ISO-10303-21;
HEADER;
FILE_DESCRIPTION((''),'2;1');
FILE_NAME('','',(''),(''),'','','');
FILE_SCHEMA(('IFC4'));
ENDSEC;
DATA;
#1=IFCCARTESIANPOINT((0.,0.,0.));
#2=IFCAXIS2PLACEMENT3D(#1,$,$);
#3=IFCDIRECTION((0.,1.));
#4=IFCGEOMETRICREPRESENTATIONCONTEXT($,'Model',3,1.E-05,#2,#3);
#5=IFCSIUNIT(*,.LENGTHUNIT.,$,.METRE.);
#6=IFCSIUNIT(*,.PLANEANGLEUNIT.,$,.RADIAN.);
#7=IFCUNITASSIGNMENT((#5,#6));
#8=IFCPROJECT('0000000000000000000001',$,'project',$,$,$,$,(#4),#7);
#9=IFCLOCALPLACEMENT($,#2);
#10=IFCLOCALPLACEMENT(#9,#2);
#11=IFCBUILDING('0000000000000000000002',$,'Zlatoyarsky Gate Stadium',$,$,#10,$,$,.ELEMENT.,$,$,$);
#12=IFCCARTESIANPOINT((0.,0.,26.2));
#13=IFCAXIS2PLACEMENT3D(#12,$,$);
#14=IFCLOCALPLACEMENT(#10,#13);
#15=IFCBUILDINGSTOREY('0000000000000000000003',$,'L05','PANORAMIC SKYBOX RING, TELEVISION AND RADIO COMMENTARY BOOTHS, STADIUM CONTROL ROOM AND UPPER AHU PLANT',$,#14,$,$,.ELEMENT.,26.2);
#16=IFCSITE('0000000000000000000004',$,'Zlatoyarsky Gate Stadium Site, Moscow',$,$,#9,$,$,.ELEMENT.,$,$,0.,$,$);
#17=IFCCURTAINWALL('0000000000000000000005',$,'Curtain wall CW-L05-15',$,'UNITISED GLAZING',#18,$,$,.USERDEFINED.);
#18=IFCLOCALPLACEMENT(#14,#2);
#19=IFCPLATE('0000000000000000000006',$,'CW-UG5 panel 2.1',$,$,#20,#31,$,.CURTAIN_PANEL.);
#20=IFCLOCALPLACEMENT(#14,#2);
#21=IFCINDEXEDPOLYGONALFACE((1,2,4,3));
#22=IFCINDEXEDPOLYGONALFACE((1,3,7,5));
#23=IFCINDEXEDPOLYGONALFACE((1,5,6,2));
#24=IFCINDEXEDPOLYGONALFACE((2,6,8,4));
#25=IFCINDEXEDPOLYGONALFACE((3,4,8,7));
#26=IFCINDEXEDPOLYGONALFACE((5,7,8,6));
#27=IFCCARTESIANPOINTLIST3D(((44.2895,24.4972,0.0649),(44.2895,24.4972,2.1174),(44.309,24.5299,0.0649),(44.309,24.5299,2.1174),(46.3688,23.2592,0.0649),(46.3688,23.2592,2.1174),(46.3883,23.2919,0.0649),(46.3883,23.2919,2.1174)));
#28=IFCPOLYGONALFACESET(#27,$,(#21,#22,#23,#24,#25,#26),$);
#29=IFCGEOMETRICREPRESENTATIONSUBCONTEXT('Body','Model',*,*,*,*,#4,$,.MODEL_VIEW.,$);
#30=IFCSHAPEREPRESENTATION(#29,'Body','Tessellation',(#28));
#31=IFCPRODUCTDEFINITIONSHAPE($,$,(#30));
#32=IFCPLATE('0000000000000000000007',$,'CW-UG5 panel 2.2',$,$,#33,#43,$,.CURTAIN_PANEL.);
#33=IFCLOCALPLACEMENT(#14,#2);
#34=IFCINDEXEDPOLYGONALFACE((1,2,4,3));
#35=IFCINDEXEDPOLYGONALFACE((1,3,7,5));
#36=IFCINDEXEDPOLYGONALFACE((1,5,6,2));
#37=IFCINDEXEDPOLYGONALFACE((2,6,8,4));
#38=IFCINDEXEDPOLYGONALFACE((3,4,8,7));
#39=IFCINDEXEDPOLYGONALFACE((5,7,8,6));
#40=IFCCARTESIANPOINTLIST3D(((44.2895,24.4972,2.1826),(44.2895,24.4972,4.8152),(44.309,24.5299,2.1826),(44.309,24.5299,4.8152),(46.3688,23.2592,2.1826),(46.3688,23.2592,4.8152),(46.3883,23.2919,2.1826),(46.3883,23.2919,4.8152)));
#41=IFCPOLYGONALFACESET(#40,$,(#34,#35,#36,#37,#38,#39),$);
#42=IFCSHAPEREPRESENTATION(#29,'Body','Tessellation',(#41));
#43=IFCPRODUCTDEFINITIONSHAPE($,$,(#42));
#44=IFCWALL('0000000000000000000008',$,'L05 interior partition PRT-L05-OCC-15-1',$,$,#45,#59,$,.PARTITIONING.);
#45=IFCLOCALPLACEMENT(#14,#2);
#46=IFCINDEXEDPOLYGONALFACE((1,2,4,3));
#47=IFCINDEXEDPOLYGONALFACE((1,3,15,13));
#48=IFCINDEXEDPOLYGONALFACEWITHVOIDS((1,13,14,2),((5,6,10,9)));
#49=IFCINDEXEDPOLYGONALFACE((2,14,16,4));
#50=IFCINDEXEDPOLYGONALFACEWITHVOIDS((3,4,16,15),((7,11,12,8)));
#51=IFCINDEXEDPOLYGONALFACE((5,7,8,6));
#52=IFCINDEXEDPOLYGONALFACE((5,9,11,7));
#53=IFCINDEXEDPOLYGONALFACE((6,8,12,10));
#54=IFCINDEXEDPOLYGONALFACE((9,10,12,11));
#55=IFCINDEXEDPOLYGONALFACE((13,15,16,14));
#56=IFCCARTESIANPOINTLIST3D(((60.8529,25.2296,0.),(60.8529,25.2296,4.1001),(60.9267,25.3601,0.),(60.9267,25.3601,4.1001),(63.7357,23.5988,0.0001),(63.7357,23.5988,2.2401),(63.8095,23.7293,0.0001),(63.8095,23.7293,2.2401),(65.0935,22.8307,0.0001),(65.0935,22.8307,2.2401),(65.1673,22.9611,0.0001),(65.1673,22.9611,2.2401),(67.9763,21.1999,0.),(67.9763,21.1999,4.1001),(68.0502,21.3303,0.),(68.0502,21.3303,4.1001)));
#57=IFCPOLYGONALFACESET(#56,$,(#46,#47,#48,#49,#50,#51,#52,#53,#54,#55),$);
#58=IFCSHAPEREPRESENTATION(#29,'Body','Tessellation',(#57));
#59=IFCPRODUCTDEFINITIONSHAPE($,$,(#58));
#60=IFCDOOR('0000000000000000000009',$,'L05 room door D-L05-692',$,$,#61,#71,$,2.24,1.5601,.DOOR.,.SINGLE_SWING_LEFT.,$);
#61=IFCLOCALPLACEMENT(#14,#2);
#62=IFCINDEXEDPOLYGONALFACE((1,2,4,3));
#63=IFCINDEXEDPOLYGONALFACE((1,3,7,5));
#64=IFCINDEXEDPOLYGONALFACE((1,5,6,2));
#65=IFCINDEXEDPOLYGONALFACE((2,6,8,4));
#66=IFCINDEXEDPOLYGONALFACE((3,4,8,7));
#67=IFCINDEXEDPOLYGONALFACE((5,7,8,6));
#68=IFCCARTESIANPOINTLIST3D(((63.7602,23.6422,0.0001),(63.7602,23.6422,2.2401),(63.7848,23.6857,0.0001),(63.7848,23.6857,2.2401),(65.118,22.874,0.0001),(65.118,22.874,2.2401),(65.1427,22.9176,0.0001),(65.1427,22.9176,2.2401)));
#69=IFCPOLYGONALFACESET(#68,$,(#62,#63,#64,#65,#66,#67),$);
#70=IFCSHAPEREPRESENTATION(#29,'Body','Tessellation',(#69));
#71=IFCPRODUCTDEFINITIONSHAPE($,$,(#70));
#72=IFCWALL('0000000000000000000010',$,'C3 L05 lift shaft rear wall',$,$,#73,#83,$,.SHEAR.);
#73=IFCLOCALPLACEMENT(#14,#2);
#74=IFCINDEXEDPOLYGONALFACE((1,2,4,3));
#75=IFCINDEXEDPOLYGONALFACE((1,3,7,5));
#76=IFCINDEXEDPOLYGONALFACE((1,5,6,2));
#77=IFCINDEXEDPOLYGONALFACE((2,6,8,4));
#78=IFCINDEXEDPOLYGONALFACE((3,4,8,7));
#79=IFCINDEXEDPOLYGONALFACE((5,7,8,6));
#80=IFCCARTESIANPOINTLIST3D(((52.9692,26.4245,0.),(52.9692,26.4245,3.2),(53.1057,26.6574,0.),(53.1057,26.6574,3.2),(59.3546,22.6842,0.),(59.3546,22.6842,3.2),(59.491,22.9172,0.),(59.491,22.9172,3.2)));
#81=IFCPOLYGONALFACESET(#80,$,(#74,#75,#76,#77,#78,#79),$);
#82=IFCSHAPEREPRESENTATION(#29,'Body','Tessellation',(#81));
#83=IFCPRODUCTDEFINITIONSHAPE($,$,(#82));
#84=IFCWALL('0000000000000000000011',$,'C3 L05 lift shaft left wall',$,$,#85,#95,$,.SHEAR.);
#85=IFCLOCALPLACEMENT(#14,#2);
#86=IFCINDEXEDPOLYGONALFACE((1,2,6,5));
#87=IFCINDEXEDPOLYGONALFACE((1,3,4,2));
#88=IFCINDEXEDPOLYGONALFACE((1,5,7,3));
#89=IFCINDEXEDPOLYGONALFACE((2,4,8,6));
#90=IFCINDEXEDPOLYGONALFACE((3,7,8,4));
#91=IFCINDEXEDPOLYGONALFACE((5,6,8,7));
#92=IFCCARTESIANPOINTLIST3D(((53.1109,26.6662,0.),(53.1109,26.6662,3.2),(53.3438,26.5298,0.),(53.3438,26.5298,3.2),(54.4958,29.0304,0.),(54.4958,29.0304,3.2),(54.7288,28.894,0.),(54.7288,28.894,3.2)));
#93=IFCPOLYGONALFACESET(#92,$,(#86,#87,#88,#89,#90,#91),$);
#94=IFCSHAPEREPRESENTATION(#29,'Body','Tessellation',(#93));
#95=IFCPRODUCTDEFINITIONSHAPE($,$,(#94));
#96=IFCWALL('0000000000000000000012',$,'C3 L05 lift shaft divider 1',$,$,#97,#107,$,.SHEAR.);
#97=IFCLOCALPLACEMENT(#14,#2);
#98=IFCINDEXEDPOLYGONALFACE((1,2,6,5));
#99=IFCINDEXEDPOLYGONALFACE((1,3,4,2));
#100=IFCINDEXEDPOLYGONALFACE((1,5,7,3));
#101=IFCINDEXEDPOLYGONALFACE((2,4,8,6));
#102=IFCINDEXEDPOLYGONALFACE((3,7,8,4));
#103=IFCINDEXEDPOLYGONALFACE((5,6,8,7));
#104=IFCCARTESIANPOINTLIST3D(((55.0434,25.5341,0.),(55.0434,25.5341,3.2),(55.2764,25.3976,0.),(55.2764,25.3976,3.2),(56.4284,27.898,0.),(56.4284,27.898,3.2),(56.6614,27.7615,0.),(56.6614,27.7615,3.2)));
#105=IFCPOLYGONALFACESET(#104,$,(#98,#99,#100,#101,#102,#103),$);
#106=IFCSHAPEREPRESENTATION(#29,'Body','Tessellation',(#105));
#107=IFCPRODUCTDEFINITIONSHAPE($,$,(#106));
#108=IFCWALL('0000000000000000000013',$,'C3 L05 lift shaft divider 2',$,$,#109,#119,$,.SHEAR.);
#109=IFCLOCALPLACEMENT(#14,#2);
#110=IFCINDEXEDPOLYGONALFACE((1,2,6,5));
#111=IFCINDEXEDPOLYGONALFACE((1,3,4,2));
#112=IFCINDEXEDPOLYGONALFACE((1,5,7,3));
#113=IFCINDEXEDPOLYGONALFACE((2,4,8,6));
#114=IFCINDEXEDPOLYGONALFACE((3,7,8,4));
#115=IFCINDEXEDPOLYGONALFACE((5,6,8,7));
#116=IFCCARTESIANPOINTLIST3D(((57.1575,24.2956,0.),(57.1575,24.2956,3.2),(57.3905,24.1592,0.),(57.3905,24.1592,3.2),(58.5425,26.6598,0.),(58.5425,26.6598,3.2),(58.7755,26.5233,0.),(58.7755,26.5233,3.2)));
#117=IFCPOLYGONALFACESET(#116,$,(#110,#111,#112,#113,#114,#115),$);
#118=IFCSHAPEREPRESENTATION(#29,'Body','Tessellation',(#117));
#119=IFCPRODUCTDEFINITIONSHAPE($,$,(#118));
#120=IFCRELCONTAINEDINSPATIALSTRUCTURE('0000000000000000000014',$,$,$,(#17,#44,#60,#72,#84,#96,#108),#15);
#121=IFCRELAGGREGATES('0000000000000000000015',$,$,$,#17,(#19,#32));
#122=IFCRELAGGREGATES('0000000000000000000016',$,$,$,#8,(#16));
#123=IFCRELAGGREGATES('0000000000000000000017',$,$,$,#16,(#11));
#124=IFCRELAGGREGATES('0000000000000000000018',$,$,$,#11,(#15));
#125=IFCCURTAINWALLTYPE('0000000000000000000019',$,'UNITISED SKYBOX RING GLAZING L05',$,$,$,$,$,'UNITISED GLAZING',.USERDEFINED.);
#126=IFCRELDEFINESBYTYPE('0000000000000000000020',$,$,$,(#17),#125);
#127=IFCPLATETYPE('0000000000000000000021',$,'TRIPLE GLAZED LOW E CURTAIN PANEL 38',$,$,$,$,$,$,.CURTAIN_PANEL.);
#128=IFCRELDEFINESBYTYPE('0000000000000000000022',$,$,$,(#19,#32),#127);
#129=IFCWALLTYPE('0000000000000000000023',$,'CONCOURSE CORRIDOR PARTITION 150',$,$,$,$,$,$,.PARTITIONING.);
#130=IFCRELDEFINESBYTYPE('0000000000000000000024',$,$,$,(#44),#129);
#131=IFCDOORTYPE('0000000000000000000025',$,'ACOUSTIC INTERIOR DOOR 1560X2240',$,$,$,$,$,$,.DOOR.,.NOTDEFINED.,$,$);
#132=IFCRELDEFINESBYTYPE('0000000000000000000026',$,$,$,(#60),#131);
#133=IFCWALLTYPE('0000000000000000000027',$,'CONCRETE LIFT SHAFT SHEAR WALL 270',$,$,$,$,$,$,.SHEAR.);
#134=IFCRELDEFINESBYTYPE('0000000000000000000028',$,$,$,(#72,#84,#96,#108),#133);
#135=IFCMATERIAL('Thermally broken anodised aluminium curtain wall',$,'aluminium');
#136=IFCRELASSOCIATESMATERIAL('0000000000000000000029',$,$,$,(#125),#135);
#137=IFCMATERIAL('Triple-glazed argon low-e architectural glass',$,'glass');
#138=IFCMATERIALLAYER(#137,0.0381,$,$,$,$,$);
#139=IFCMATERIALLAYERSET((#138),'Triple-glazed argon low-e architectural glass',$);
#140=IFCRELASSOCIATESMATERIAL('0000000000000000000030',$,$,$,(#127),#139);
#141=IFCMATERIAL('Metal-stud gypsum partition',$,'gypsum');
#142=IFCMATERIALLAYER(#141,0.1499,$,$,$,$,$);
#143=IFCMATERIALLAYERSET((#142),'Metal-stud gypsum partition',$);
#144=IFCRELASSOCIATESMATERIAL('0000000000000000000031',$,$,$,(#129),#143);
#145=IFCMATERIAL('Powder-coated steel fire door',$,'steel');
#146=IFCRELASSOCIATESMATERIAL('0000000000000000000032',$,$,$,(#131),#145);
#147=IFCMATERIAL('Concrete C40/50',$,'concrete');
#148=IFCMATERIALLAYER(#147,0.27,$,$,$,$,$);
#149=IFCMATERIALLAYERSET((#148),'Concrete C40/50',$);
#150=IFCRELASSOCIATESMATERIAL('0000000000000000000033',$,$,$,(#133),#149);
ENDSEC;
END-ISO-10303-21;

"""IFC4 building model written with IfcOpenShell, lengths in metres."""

from ifc_helpers import new_model, si_unit, direction, frame, frame_2d, origin, origin_2d, place, context, subcontext, project, spatial, rectangle, extrude, material, layer, layer_set, type_object, element, fill, aggregate, save


model = new_model("IFC4")

# Units and contexts
model_context = context("Model", 3, precision=1e-05, world=origin(), true_north=direction((0.0, 1.0)))
body_context = subcontext(model_context, "Body", "Model", "MODEL_VIEW")
ifc_project = project(units=[si_unit("LENGTHUNIT", "METRE"), si_unit("PLANEANGLEUNIT", "RADIAN")], contexts=[model_context])

# Site, building, storey
site_placement = place(None, origin())
site = spatial("IfcSite", under=ifc_project, at=site_placement, Name="Zlatoyarsky Gate Stadium Site, Moscow", CompositionType="ELEMENT", RefElevation=0.0)
building_placement = place(site_placement, origin())
building = spatial("IfcBuilding", under=site, at=building_placement, Name="Zlatoyarsky Gate Stadium", CompositionType="ELEMENT")
storey_placement = place(building_placement, frame((0.0, 0.0, 26.2)))
storey = spatial("IfcBuildingStorey", under=building, at=storey_placement, Name="L05", Description="PANORAMIC SKYBOX RING, TELEVISION AND RADIO COMMENTARY BOOTHS, STADIUM CONTROL ROOM AND UPPER AHU PLANT", CompositionType="ELEMENT", Elevation=26.2)

# Curtain wall
ifc_material_1 = material(Name="Thermally broken anodised aluminium curtain wall", Category="aluminium")
curtain_wall_type = type_object("IfcCurtainWallType", Name="UNITISED SKYBOX RING GLAZING L05", ElementType="UNITISED GLAZING", PredefinedType="USERDEFINED", material=ifc_material_1)
curtain_wall_placement = place(storey_placement, origin())
curtain_wall = element("IfcCurtainWall", 1, at=curtain_wall_placement, inside=storey, type_object=curtain_wall_type, Name="Curtain wall CW-L05-15", ObjectType="UNITISED GLAZING", PredefinedType="USERDEFINED")

# Plates
ifc_material_2 = material(Name="Triple-glazed argon low-e architectural glass", Category="glass")
ifc_layer_1 = layer(ifc_material_2, 0.0381)
ifc_layer_set_1 = layer_set([ifc_layer_1], Name="Triple-glazed argon low-e architectural glass")
plate_type = type_object("IfcPlateType", Name="TRIPLE GLAZED LOW E CURTAIN PANEL 38", PredefinedType="CURTAIN_PANEL", material=ifc_layer_set_1)
plate_1_placement = place(storey_placement, frame((45.3389, 23.8945, 0.0649), z_axis=(0.0, 0.0, 1.0), x_axis=(0.859237, -0.511577, 0.0)))
plate_1 = element("IfcPlate", 2, at=plate_1_placement, type_object=plate_type, Name="CW-UG5 panel 2.1", PredefinedType="CURTAIN_PANEL", context=body_context, shape_type="SweptSolid", body=[
    extrude(rectangle(XDim=2.4199, YDim=0.0381, at=origin_2d()), origin(), (0.0, 0.0, 1.0), 2.0525),
])
plate_2_placement = place(storey_placement, frame((45.3389, 23.8945, 2.1826), z_axis=(0.0, 0.0, 1.0), x_axis=(0.859237, -0.511577, 0.0)))
plate_2 = element("IfcPlate", 3, at=plate_2_placement, type_object=plate_type, Name="CW-UG5 panel 2.2", PredefinedType="CURTAIN_PANEL", context=body_context, shape_type="SweptSolid", body=[
    extrude(rectangle(XDim=2.4199, YDim=0.0381, at=origin_2d()), origin(), (0.0, 0.0, 1.0), 2.6326),
])
aggregate(curtain_wall, [plate_1, plate_2])

# Wall, opening, door
ifc_material_3 = material(Name="Metal-stud gypsum partition", Category="gypsum")
ifc_layer_2 = layer(ifc_material_3, 0.1499)
ifc_layer_set_2 = layer_set([ifc_layer_2], Name="Metal-stud gypsum partition")
wall_type_1 = type_object("IfcWallType", Name="CONCOURSE CORRIDOR PARTITION 150", PredefinedType="PARTITIONING", material=ifc_layer_set_2)
wall_1_placement = place(storey_placement, frame((60.8896, 25.2949, 0.0), z_axis=(0.0, 0.0, 1.0), x_axis=(0.870383, -0.492376, 0.0)))
wall_1 = element("IfcWall", 4, at=wall_1_placement, inside=storey, type_object=wall_type_1, Name="L05 interior partition PRT-L05-OCC-15-1", PredefinedType="PARTITIONING", context=body_context, shape_type="SweptSolid", body=[
    extrude(rectangle(XDim=8.1843, YDim=0.1499, at=frame_2d((4.0923, 0.0))), origin(), (0.0, 0.0, 1.0), 4.1001),
])
opening_1_placement = place(wall_1_placement, frame((3.3123, 0.0, 0.0)))
opening_1 = element("IfcOpeningElement", 5, at=opening_1_placement, cuts=wall_1, PredefinedType="OPENING", context=body_context, shape_type="SweptSolid", body=[
    extrude(rectangle(XDim=1.5601, YDim=2.24, at=frame_2d((0.78, 1.1201))), frame((0.0, 0.085, 0.0), z_axis=(0.0, -1.0, 0.0), x_axis=(1.0, 0.0, 0.0)), (0.0, 0.0, 1.0), 0.1699),
])
ifc_material_4 = material(Name="Powder-coated steel fire door", Category="steel")
door_type_1 = type_object("IfcDoorType", Name="ACOUSTIC INTERIOR DOOR 1560X2240", OperationType="NOTDEFINED", PredefinedType="DOOR", material=ifc_material_4)
door_1_placement = place(opening_1_placement, origin())
door_1 = element("IfcDoor", 6, at=door_1_placement, inside=storey, type_object=door_type_1, Name="L05 room door D-L05-692", OperationType="SINGLE_SWING_LEFT", OverallHeight=2.24, OverallWidth=1.5601, PredefinedType="DOOR", context=body_context, shape_type="SweptSolid", body=[
    extrude(rectangle(XDim=1.5601, YDim=2.24, at=frame_2d((0.78, 1.1201))), frame((0.0, 0.0249, 0.0), z_axis=(0.0, -1.0, 0.0), x_axis=(1.0, 0.0, 0.0)), (0.0, 0.0, 1.0), 0.05),
])
fill(opening_1, door_1)

# Walls
ifc_material_5 = material(Name="Concrete C40/50", Category="concrete")
ifc_layer_3 = layer(ifc_material_5, 0.27)
ifc_layer_set_3 = layer_set([ifc_layer_3], Name="Concrete C40/50")
wall_type_2 = type_object("IfcWallType", Name="CONCRETE LIFT SHAFT SHEAR WALL 270", PredefinedType="SHEAR", material=ifc_layer_set_3)
wall_2_placement = place(storey_placement, frame((53.0374, 26.541, 0.0), z_axis=(0.0, 0.0, 1.0), x_axis=(0.862866, -0.505433, 0.0)))
element("IfcWall", 7, at=wall_2_placement, inside=storey, type_object=wall_type_2, Name="C3 L05 lift shaft rear wall", PredefinedType="SHEAR", context=body_context, shape_type="SweptSolid", body=[
    extrude(rectangle(XDim=7.4001, YDim=0.27, at=frame_2d((3.7002, 0.0))), origin(), (0.0, 0.0, 1.0), 3.2),
])
wall_3_placement = place(storey_placement, frame((53.2273, 26.5979, 0.0), z_axis=(0.0, 0.0, 1.0), x_axis=(0.505466, 0.862847, 0.0)))
element("IfcWall", 8, at=wall_3_placement, inside=storey, type_object=wall_type_2, Name="C3 L05 lift shaft left wall", PredefinedType="SHEAR", context=body_context, shape_type="SweptSolid", body=[
    extrude(rectangle(XDim=2.74, YDim=0.27, at=frame_2d((1.3701, 0.0))), origin(), (0.0, 0.0, 1.0), 3.2),
])
wall_4_placement = place(storey_placement, frame((55.1599, 25.4658, 0.0), z_axis=(0.0, 0.0, 1.0), x_axis=(0.505505, 0.862824, 0.0)))
element("IfcWall", 9, at=wall_4_placement, inside=storey, type_object=wall_type_2, Name="C3 L05 lift shaft divider 1", PredefinedType="SHEAR", context=body_context, shape_type="SweptSolid", body=[
    extrude(rectangle(XDim=2.7397, YDim=0.27, at=frame_2d((1.3699, 0.0))), origin(), (0.0, 0.0, 1.0), 3.2),
])
wall_5_placement = place(storey_placement, frame((57.2739, 24.2273, 0.0), z_axis=(0.0, 0.0, 1.0), x_axis=(0.505466, 0.862847, 0.0)))
element("IfcWall", 10, at=wall_5_placement, inside=storey, type_object=wall_type_2, Name="C3 L05 lift shaft divider 2", PredefinedType="SHEAR", context=body_context, shape_type="SweptSolid", body=[
    extrude(rectangle(XDim=2.74, YDim=0.27, at=frame_2d((1.3701, 0.0))), origin(), (0.0, 0.0, 1.0), 3.2),
])

save(model, "model.ifc")
